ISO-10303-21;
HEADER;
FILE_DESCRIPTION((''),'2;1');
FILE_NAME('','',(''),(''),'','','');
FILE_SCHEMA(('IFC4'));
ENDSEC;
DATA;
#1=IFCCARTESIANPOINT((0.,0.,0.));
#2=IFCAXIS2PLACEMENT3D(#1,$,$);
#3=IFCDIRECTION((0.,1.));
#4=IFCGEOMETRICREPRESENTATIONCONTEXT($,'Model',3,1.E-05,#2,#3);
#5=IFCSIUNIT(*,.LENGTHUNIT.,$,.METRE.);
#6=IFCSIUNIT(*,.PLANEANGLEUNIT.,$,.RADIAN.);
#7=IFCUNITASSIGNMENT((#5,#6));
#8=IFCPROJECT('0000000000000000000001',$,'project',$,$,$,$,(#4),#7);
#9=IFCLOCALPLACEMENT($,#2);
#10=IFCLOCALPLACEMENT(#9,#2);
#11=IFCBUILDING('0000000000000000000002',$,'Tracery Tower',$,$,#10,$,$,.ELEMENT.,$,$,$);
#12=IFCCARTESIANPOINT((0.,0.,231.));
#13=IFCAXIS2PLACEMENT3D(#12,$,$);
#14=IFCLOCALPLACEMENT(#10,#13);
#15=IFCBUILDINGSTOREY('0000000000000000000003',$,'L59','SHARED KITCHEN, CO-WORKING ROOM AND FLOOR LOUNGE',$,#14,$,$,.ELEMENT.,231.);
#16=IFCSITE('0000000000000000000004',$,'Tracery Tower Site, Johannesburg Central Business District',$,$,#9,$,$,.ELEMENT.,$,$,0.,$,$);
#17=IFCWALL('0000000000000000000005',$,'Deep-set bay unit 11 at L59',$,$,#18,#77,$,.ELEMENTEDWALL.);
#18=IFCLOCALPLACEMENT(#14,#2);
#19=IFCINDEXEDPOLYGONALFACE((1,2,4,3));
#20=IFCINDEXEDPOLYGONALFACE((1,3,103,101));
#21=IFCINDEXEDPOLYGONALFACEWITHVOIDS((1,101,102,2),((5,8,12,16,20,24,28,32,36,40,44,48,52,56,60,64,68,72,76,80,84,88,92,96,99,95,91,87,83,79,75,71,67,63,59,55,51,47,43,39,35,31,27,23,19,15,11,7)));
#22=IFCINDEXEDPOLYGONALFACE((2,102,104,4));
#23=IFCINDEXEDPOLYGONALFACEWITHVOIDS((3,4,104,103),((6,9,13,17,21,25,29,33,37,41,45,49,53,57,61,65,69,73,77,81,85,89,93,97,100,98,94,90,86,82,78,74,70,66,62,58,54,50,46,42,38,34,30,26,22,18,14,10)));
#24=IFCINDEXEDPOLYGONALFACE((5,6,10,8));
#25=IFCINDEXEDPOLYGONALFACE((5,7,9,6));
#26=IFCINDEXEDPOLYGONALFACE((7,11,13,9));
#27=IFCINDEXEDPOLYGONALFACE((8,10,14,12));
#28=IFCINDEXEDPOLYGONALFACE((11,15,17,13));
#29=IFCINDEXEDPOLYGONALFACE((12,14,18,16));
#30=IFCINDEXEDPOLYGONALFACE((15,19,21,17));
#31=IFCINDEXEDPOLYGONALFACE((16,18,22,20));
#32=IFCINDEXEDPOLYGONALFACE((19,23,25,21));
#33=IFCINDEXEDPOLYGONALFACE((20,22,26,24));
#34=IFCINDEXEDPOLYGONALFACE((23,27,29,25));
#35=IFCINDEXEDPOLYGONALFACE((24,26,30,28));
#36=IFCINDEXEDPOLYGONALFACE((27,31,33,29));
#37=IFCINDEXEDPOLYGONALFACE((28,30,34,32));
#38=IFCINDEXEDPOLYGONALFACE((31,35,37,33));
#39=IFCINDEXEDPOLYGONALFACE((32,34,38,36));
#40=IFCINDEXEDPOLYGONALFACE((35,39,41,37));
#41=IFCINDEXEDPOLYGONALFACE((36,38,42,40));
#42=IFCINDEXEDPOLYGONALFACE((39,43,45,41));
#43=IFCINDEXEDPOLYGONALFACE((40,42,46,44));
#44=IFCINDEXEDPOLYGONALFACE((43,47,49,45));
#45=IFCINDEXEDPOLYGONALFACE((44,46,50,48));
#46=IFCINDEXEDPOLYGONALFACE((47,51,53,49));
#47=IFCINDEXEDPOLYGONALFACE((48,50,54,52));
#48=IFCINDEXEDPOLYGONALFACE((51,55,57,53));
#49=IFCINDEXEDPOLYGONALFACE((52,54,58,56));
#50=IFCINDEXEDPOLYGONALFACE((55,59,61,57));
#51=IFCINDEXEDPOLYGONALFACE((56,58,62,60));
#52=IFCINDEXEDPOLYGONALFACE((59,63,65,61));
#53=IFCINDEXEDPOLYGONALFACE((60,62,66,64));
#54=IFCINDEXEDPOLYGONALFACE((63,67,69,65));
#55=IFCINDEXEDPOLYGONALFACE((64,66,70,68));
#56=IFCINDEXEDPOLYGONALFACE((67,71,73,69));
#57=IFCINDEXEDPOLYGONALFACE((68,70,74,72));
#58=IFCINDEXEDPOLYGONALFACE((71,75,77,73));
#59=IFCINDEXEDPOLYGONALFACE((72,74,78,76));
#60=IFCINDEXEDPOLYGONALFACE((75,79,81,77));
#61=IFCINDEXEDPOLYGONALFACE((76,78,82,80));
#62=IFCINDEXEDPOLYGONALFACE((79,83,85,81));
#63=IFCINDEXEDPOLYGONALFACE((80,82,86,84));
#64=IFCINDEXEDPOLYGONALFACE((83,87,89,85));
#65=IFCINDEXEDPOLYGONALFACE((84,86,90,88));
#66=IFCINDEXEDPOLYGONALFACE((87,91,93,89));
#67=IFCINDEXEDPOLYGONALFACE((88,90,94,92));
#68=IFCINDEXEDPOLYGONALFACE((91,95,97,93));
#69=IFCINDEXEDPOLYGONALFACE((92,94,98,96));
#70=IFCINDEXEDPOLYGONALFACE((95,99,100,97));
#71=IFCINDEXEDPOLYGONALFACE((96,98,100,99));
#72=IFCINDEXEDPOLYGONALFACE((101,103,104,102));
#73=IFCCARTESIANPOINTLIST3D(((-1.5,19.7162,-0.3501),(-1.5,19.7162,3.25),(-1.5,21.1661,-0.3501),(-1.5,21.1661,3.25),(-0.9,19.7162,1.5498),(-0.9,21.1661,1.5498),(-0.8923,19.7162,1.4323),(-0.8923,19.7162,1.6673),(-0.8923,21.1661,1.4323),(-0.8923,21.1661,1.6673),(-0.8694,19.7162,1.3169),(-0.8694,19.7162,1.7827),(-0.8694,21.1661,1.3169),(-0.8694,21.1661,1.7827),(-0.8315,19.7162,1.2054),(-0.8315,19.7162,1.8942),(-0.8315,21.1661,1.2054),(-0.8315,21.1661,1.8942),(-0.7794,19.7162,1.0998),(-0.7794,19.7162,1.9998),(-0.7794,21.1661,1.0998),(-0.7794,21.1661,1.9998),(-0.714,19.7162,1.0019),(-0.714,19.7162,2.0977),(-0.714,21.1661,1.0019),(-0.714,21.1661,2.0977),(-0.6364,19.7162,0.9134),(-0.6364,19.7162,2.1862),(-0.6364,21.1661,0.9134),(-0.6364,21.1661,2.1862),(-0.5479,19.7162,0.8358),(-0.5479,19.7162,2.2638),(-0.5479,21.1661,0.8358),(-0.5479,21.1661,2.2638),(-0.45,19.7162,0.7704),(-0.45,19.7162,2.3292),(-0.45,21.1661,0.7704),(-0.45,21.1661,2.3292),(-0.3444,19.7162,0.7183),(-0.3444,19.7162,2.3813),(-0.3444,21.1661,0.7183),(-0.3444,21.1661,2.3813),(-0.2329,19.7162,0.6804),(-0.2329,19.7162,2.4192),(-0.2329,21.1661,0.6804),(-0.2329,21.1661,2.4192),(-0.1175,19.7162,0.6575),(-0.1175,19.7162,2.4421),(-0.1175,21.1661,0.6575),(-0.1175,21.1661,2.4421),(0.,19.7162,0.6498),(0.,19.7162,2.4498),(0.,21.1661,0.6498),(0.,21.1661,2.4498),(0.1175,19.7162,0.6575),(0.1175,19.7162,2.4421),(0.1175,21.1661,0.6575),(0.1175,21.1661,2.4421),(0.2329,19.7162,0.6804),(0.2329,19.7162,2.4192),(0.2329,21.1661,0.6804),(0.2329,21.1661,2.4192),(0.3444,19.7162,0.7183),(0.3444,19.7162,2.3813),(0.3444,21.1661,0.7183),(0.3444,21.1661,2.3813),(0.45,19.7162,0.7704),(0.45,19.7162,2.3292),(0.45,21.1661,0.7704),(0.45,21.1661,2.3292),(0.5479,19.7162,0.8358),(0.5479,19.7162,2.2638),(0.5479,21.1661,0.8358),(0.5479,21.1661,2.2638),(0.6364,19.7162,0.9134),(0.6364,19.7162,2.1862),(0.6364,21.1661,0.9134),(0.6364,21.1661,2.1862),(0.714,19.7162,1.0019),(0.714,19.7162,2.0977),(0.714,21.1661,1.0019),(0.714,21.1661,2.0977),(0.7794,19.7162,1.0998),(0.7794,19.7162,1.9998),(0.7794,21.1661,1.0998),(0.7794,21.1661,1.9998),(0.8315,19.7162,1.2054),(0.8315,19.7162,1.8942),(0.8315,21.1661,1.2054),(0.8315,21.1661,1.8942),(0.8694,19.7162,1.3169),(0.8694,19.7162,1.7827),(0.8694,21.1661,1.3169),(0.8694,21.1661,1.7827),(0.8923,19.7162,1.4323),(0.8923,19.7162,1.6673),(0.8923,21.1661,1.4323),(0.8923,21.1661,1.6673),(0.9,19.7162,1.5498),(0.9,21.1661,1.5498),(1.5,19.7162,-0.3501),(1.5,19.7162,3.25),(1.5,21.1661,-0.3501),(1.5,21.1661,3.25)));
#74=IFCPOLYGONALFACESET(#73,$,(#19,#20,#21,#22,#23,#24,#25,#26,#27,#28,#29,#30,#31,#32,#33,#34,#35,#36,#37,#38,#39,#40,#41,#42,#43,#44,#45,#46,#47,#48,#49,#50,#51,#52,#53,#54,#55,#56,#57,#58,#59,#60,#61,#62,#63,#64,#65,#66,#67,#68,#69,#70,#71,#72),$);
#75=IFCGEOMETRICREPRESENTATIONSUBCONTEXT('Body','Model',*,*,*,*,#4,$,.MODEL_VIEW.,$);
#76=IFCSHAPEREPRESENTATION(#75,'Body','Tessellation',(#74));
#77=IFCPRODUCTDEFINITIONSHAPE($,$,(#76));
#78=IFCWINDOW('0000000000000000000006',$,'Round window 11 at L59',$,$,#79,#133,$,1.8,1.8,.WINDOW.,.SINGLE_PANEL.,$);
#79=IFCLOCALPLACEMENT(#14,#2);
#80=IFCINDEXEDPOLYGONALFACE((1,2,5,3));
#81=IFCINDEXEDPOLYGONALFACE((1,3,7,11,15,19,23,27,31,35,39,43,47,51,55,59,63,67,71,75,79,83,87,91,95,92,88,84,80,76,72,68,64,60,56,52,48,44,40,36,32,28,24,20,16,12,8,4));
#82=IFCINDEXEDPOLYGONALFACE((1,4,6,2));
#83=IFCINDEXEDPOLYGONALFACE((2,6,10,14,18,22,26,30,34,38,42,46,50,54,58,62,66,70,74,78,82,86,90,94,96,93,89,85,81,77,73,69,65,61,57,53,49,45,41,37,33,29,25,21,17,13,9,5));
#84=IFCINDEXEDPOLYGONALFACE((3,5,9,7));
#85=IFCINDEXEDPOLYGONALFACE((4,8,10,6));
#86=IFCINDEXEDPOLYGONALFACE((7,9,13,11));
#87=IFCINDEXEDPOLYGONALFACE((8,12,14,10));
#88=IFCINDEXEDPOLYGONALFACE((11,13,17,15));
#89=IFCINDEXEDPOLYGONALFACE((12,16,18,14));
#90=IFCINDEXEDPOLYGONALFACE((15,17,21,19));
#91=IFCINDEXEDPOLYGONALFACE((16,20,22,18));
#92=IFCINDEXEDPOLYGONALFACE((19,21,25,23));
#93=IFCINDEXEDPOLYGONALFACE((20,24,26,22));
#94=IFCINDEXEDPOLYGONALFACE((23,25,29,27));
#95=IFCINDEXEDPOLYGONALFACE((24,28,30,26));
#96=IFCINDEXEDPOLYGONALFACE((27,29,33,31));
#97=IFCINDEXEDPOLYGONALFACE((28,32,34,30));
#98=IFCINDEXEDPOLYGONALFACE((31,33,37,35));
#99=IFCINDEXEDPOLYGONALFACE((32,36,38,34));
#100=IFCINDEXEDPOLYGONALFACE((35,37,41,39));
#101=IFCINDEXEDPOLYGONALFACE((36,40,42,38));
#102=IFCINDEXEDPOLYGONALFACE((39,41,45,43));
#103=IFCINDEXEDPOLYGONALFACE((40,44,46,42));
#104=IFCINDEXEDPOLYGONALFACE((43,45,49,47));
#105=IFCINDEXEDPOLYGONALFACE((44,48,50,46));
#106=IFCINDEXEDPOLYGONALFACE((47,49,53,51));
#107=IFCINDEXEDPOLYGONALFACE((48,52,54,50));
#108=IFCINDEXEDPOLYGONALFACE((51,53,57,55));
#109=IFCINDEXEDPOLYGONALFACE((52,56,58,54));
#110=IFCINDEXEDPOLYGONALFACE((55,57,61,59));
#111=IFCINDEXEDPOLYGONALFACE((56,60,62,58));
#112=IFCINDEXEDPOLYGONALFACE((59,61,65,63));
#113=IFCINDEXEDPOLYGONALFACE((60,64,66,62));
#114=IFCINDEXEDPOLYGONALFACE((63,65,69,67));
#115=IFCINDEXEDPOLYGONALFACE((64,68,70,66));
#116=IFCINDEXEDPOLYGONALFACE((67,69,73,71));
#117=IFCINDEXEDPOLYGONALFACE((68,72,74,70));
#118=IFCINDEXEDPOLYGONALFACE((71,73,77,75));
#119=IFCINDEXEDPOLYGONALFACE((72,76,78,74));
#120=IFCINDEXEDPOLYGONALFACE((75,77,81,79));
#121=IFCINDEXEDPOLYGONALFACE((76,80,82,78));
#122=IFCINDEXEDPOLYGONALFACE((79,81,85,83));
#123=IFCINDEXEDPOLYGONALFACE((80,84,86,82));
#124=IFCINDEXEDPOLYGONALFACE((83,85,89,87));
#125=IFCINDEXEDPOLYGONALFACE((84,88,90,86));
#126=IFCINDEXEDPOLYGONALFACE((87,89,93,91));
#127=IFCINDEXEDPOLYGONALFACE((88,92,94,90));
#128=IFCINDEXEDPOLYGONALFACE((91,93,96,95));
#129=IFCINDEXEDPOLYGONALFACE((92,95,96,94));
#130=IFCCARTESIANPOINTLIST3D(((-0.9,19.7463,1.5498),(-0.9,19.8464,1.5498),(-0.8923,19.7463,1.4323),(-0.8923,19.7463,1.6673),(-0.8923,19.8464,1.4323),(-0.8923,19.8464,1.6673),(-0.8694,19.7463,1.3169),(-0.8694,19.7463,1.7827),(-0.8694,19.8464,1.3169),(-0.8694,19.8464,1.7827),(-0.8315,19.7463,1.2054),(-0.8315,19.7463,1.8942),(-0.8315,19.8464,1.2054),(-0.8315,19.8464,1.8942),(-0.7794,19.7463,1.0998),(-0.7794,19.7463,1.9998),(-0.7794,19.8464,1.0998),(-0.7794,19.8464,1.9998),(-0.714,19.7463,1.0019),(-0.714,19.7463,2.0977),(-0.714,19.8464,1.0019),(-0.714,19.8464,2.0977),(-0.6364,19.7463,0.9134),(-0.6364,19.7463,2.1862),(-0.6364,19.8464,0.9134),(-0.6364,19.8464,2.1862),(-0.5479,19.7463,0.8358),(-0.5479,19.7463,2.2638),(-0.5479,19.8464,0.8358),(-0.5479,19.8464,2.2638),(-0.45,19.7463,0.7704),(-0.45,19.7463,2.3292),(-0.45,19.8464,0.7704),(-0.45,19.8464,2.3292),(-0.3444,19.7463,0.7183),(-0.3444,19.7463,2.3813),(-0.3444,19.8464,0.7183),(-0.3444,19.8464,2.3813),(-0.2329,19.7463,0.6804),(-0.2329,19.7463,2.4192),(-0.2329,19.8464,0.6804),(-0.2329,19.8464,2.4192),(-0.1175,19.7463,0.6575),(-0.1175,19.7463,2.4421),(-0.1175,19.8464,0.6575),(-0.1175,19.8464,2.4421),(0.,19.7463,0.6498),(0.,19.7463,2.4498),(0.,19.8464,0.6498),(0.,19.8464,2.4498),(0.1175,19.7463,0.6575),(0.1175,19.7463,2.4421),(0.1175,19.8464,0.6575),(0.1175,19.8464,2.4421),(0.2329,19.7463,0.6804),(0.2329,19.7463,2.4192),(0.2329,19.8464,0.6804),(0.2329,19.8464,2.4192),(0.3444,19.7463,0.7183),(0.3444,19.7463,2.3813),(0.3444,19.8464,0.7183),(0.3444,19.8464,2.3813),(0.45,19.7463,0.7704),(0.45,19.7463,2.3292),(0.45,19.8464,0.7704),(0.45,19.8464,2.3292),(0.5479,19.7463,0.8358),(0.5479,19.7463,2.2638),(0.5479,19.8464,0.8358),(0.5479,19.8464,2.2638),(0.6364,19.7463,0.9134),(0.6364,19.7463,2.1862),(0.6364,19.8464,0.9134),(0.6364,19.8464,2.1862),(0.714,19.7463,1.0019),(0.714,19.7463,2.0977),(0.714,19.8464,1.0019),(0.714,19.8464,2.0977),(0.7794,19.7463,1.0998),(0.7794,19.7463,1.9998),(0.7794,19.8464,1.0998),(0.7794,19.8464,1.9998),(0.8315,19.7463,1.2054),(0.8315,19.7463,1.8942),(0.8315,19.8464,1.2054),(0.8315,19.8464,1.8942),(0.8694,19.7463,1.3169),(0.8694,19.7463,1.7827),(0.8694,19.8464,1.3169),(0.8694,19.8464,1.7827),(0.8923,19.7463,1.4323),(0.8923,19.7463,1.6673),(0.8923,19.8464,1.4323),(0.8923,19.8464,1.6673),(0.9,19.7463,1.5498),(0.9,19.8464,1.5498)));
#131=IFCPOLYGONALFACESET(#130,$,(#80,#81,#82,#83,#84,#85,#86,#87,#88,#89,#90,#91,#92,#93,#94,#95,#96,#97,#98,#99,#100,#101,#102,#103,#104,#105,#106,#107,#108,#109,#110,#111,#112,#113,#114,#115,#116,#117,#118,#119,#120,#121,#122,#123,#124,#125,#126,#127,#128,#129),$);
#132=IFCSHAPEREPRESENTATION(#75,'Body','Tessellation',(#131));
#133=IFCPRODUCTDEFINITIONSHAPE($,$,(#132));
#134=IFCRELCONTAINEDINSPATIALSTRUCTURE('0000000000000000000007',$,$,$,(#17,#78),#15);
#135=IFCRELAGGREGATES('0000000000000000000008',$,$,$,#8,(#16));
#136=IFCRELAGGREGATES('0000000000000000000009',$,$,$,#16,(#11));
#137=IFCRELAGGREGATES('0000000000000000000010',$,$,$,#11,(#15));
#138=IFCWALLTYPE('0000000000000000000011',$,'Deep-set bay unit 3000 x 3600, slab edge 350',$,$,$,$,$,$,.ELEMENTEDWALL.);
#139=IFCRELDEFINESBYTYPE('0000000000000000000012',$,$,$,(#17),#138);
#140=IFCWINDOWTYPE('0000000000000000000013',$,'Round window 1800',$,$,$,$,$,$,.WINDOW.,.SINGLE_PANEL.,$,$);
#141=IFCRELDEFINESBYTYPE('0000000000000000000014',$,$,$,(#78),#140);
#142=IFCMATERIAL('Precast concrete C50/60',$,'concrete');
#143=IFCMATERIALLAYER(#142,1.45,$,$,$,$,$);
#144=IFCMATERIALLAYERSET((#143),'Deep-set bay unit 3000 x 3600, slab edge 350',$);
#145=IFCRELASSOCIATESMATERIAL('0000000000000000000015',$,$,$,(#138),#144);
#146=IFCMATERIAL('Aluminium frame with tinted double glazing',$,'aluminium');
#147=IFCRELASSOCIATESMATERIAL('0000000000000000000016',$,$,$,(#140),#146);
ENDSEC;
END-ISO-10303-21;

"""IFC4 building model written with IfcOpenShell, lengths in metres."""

from ifc_helpers import new_model, si_unit, direction, frame, frame_2d, origin, origin_2d, place, context, subcontext, project, spatial, rectangle, circle, extrude, material, layer, layer_set, type_object, element, fill, save


model = new_model("IFC4")

# Units and contexts
model_context = context("Model", 3, precision=1e-05, world=origin(), true_north=direction((0.0, 1.0)))
body_context = subcontext(model_context, "Body", "Model", "MODEL_VIEW")
ifc_project = project(units=[si_unit("LENGTHUNIT", "METRE"), si_unit("PLANEANGLEUNIT", "RADIAN")], contexts=[model_context])

# Site, building, storey
site_placement = place(None, origin())
site = spatial("IfcSite", under=ifc_project, at=site_placement, Name="Tracery Tower Site, Johannesburg Central Business District", CompositionType="ELEMENT", RefElevation=0.0)
building_placement = place(site_placement, origin())
building = spatial("IfcBuilding", under=site, at=building_placement, Name="Tracery Tower", CompositionType="ELEMENT")
storey_placement = place(building_placement, frame((0.0, 0.0, 231.0)))
storey = spatial("IfcBuildingStorey", under=building, at=storey_placement, Name="L59", Description="SHARED KITCHEN, CO-WORKING ROOM AND FLOOR LOUNGE", CompositionType="ELEMENT", Elevation=231.0)

# Wall, opening, window
ifc_material_1 = material(Name="Precast concrete C50/60", Category="concrete")
ifc_layer_1 = layer(ifc_material_1, 1.45)
ifc_layer_set_1 = layer_set([ifc_layer_1], Name="Deep-set bay unit 3000 x 3600, slab edge 350")
wall_type_1 = type_object("IfcWallType", Name="Deep-set bay unit 3000 x 3600, slab edge 350", PredefinedType="ELEMENTEDWALL", material=ifc_layer_set_1)
wall_1_placement = place(storey_placement, frame((1.5, 20.4412, -0.3501), z_axis=(0.0, 0.0, 1.0), x_axis=(-1.0, 0.0, 0.0)))
wall_1 = element("IfcWall", 1, at=wall_1_placement, inside=storey, type_object=wall_type_1, Name="Deep-set bay unit 11 at L59", PredefinedType="ELEMENTEDWALL", context=body_context, shape_type="SweptSolid", body=[
    extrude(rectangle(XDim=3.0, YDim=1.45, at=frame_2d((1.5, 0.0))), origin(), (0.0, 0.0, 1.0), 3.6001),
])
opening_1_placement = place(wall_1_placement, frame((1.5, 0.0, 1.8999)))
opening_1 = element("IfcOpeningElement", 2, at=opening_1_placement, cuts=wall_1, PredefinedType="OPENING", context=body_context, shape_type="SweptSolid", body=[
    extrude(circle(Radius=0.9, at=origin_2d()), frame((0.0, 0.7349, 0.0), z_axis=(0.0, -1.0, 0.0), x_axis=(1.0, 0.0, 0.0)), (0.0, 0.0, 1.0), 1.47),
])
ifc_material_2 = material(Name="Aluminium frame with tinted double glazing", Category="aluminium")
window_type = type_object("IfcWindowType", Name="Round window 1800", PartitioningType="SINGLE_PANEL", PredefinedType="WINDOW", material=ifc_material_2)
window_1_placement = place(opening_1_placement, origin())
window_1 = element("IfcWindow", 3, at=window_1_placement, inside=storey, type_object=window_type, Name="Round window 11 at L59", OverallHeight=1.8, OverallWidth=1.8, PartitioningType="SINGLE_PANEL", PredefinedType="WINDOW", context=body_context, shape_type="SweptSolid", body=[
    extrude(circle(Radius=0.9, at=origin_2d()), frame((0.0, 0.6948, 0.0), z_axis=(0.0, -1.0, 0.0), x_axis=(1.0, 0.0, 0.0)), (0.0, 0.0, 1.0), 0.1001),
])
fill(opening_1, window_1)

save(model, "model.ifc")
